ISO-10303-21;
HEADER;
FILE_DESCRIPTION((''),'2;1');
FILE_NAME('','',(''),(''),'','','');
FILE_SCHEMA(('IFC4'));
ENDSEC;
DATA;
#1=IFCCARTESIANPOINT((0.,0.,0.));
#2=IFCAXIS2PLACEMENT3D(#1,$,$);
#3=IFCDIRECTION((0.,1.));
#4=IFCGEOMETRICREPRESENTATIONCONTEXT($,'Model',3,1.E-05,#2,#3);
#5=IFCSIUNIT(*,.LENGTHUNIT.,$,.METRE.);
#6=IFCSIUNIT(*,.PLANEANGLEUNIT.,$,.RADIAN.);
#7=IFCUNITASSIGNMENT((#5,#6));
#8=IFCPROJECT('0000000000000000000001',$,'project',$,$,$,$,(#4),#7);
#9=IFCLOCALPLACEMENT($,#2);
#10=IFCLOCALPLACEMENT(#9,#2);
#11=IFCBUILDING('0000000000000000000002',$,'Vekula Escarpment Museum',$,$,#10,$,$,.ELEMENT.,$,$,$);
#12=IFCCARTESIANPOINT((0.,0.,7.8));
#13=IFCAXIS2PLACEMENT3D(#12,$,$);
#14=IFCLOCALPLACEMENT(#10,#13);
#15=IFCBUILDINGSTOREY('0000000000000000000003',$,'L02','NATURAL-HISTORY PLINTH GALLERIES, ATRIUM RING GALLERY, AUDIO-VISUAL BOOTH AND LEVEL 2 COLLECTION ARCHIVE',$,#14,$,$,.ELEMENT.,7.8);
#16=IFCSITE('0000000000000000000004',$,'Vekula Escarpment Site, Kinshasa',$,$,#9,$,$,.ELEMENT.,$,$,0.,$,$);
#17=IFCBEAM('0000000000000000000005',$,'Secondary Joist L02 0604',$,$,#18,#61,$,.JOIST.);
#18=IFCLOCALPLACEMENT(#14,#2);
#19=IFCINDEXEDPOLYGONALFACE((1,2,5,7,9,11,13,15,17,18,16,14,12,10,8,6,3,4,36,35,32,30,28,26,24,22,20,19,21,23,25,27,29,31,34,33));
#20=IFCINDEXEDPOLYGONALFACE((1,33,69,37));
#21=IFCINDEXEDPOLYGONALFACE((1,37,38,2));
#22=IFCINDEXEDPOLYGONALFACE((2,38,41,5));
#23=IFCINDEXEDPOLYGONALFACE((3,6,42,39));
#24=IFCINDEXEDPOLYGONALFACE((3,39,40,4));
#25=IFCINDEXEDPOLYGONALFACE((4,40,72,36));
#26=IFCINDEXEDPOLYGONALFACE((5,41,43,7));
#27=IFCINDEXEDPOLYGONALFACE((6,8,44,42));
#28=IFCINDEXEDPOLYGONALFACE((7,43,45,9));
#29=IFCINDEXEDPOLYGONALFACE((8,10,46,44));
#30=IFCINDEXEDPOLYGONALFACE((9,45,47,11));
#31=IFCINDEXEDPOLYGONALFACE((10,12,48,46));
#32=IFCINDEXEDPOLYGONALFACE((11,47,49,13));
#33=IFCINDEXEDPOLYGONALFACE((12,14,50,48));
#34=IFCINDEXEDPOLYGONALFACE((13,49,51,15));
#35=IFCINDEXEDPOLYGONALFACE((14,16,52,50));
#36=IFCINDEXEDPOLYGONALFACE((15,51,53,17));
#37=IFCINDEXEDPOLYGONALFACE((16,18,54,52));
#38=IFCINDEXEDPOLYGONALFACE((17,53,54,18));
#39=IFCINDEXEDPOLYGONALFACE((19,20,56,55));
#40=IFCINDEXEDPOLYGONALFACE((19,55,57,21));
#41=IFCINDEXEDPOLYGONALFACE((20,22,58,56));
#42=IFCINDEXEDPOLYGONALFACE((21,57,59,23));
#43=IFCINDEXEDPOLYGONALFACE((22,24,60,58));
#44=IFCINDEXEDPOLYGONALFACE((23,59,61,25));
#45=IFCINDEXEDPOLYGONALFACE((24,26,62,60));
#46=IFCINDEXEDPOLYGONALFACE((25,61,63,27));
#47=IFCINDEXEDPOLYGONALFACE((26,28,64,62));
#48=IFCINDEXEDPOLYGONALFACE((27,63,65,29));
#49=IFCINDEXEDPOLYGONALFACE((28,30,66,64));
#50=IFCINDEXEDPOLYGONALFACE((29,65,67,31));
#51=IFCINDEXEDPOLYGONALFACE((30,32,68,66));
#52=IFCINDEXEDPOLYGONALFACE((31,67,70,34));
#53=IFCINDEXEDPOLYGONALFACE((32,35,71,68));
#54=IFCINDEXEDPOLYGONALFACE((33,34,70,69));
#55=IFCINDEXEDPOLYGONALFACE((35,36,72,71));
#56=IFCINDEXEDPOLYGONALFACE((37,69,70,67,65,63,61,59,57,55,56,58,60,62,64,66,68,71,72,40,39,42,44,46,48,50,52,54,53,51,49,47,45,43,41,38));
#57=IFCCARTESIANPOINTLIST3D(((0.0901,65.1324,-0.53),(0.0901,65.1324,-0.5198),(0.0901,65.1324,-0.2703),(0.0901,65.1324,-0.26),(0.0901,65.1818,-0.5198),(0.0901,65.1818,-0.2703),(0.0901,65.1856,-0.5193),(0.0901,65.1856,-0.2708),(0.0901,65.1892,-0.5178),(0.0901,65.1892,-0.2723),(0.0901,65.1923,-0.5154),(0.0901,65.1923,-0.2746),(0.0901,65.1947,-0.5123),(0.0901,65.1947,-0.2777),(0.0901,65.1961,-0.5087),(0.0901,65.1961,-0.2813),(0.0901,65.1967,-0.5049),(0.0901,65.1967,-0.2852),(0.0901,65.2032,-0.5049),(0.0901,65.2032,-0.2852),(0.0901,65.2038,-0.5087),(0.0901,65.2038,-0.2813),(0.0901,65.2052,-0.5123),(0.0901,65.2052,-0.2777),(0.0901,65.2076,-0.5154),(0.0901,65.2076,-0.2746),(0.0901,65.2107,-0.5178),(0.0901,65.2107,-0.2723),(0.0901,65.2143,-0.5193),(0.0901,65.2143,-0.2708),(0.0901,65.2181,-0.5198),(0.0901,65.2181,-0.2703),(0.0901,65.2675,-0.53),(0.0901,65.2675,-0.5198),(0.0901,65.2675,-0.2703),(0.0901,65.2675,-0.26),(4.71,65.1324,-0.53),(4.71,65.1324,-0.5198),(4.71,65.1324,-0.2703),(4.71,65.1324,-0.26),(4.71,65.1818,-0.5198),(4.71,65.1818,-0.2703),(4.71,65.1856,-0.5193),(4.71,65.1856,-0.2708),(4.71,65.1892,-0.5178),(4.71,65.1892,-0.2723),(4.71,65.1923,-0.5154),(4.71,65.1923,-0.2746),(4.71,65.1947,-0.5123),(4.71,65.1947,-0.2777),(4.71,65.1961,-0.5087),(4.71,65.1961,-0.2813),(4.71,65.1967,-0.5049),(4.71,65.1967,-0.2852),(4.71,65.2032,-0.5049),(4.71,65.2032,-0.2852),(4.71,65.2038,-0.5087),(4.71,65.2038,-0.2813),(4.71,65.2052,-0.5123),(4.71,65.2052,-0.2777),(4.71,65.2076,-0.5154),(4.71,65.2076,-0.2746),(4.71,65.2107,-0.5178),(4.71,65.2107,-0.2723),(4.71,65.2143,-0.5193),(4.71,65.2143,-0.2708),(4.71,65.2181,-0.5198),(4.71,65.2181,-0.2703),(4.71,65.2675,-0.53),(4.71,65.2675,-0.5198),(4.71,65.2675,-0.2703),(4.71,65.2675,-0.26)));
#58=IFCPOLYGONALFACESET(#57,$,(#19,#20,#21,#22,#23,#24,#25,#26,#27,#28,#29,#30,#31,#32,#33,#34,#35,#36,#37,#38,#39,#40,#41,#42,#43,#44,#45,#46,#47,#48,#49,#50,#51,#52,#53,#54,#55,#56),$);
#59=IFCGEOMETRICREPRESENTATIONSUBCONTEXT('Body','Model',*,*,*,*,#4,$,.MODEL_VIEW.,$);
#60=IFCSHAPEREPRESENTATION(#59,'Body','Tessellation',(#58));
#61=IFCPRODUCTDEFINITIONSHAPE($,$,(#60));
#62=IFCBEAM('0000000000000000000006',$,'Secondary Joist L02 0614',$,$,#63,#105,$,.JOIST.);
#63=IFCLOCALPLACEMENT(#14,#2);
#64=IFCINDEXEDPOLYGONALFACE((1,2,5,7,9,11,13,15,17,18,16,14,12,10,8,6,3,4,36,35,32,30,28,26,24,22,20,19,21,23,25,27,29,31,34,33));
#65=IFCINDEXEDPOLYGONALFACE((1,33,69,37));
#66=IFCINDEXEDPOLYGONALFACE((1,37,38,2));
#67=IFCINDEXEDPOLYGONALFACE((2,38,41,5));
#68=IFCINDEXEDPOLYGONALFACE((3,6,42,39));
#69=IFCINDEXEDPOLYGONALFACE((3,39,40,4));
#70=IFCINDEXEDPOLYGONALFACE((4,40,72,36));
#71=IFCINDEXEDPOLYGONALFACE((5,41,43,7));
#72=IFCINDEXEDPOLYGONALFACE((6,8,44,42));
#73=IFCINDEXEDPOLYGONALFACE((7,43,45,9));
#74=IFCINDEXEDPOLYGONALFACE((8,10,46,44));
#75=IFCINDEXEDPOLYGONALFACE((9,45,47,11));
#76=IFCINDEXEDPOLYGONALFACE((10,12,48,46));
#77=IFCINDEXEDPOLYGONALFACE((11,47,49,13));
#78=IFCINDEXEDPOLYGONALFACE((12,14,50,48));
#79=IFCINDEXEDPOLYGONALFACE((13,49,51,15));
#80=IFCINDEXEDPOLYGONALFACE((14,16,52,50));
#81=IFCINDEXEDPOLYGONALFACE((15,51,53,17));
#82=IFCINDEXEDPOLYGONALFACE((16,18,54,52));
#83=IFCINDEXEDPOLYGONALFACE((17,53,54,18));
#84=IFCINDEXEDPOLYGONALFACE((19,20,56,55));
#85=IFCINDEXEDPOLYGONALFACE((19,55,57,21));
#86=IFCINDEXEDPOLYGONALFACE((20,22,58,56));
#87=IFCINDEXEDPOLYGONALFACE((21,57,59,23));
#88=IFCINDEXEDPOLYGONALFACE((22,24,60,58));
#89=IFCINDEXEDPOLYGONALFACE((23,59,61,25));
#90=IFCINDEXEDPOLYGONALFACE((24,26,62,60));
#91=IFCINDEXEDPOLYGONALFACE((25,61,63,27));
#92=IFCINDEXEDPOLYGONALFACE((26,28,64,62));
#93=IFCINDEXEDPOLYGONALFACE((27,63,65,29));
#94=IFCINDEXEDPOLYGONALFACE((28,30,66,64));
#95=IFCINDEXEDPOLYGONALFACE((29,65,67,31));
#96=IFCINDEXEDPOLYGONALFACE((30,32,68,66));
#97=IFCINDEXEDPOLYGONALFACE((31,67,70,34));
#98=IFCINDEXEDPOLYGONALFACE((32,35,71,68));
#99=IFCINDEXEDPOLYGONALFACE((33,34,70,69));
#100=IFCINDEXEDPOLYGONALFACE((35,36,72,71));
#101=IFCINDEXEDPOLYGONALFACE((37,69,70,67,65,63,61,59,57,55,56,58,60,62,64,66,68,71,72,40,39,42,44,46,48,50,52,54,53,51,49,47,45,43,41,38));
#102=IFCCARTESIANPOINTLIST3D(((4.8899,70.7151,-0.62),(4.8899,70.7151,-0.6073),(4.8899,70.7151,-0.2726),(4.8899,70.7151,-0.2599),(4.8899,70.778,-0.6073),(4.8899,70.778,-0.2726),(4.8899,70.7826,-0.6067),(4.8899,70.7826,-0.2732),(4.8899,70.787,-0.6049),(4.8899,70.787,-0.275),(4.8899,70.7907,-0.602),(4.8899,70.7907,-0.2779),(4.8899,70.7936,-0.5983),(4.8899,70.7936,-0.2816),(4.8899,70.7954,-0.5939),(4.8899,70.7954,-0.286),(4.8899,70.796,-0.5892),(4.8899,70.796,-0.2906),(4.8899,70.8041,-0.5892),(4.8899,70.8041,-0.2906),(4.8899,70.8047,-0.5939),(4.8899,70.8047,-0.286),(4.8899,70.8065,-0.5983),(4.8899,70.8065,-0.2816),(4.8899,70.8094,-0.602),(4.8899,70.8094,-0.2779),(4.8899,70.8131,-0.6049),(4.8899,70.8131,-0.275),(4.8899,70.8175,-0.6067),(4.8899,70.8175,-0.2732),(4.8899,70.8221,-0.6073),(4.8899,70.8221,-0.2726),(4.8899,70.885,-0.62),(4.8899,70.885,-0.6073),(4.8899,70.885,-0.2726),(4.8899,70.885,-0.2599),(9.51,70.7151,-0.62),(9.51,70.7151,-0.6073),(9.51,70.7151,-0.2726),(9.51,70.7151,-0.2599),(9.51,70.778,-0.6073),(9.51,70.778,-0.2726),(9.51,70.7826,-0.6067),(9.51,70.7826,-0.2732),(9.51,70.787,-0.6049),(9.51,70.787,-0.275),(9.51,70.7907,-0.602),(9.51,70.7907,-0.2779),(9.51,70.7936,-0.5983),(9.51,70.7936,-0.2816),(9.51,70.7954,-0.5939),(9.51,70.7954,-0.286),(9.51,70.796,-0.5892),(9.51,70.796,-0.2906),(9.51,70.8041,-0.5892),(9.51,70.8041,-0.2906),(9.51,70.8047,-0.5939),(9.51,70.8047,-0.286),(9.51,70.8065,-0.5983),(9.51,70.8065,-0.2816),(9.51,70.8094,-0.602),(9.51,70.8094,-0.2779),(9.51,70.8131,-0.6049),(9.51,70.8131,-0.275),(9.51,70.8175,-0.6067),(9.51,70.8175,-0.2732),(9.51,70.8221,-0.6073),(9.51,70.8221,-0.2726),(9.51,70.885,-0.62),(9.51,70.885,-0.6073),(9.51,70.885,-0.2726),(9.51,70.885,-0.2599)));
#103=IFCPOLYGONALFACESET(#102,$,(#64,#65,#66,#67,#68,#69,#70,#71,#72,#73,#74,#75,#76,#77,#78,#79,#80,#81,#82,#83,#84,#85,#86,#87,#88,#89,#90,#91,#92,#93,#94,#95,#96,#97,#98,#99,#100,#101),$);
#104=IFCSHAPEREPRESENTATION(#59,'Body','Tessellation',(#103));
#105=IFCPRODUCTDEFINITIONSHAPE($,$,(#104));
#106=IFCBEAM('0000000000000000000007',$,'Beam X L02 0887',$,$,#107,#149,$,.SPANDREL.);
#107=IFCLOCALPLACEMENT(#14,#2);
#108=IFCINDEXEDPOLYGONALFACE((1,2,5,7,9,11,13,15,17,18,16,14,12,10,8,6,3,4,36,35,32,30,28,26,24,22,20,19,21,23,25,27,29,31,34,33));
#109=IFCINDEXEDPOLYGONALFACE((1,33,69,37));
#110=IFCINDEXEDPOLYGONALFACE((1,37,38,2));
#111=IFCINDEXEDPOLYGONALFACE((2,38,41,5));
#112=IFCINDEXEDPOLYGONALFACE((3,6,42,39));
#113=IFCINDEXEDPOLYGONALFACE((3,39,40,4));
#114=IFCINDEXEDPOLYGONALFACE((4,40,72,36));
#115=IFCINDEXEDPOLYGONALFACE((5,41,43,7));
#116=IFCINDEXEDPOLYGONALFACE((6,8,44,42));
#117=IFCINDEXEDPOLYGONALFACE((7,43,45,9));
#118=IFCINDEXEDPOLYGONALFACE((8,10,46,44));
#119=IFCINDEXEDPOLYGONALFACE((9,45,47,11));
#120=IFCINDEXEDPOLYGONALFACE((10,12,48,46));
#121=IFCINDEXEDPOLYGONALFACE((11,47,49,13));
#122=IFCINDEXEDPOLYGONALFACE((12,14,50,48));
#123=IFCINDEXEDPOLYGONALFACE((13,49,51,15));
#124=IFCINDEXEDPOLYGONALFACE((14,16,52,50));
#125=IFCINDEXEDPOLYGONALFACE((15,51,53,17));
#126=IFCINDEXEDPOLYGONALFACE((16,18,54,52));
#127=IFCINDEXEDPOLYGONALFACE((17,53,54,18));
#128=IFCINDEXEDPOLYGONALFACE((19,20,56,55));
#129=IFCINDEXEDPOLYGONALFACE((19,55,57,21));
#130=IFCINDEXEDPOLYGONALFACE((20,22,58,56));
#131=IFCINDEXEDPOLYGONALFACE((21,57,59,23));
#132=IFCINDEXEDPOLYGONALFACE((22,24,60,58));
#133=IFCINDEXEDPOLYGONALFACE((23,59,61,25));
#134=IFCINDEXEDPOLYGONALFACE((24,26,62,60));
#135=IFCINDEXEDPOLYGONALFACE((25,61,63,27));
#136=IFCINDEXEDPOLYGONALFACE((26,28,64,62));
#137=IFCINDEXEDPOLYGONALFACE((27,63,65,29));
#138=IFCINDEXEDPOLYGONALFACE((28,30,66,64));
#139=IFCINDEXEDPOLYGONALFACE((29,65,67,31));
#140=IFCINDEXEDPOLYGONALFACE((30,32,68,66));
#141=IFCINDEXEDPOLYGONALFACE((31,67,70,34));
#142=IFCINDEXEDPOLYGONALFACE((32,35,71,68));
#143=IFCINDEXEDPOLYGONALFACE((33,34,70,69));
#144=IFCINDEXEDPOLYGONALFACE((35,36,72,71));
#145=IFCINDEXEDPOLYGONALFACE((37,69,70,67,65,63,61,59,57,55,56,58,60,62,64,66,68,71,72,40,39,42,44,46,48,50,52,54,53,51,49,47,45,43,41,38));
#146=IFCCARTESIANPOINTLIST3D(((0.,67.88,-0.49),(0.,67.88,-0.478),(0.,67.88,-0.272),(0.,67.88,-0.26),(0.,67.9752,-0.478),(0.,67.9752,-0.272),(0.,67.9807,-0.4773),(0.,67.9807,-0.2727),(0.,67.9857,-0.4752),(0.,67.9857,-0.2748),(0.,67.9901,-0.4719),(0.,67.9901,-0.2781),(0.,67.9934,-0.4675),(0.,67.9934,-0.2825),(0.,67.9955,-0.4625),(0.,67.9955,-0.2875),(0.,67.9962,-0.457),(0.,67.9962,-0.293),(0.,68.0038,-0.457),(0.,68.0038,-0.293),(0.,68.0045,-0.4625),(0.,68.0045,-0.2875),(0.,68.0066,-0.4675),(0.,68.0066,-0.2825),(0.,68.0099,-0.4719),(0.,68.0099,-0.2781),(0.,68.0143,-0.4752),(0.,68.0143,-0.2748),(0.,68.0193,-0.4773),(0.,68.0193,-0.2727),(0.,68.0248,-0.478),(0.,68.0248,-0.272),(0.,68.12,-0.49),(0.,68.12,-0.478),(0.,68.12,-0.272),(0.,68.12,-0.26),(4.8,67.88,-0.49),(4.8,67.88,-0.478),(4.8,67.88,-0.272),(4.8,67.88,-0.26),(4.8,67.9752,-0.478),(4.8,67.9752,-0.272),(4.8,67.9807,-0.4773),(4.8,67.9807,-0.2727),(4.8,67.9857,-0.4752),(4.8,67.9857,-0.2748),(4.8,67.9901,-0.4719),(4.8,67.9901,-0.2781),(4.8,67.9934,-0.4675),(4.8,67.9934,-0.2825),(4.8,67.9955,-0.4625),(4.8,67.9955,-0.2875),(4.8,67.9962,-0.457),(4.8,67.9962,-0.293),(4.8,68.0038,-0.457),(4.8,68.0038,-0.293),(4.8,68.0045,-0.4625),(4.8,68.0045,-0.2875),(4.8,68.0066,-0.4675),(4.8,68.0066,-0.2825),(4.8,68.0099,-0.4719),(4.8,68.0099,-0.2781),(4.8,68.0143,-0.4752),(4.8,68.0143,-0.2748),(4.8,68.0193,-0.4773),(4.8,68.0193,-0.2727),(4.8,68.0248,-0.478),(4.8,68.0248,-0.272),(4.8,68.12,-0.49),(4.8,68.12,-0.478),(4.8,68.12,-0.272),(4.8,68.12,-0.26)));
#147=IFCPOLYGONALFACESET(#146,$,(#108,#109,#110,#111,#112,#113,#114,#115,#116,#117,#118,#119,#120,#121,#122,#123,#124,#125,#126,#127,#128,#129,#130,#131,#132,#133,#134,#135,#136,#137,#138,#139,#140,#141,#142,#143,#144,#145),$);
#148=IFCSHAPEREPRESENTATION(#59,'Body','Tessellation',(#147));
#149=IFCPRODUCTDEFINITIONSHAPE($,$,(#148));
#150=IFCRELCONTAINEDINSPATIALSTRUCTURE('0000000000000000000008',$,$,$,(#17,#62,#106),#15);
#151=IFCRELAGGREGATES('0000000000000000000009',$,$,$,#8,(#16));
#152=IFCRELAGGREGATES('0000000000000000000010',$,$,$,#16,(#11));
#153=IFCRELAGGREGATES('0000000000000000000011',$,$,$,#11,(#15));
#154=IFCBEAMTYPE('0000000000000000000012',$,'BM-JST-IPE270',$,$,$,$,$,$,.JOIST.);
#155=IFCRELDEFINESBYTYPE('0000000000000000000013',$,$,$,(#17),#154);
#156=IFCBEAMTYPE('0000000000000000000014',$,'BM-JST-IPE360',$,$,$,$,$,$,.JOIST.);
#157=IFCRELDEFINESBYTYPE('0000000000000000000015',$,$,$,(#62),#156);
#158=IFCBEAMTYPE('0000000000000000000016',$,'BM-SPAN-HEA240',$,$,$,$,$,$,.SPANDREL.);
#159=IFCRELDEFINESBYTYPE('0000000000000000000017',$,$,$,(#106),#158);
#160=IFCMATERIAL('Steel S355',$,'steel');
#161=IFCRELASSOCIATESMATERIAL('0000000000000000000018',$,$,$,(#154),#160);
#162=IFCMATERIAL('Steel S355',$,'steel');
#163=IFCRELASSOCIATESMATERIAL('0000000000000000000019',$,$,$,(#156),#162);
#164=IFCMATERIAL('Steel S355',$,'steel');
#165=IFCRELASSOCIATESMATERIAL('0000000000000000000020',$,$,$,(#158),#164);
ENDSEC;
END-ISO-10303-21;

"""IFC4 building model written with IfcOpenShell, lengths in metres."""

from ifc_helpers import new_model, si_unit, direction, frame, origin, origin_2d, place, context, subcontext, project, spatial, i_section, extrude, material, material_profile, profile_set, type_object, element, save


model = new_model("IFC4")

# Units and contexts
model_context = context("Model", 3, precision=1e-05, world=origin(), true_north=direction((0.0, 1.0)))
body_context = subcontext(model_context, "Body", "Model", "MODEL_VIEW")
ifc_project = project(units=[si_unit("LENGTHUNIT", "METRE"), si_unit("PLANEANGLEUNIT", "RADIAN")], contexts=[model_context])

# Site, building, storey
site_placement = place(None, origin())
site = spatial("IfcSite", under=ifc_project, at=site_placement, Name="Vekula Escarpment Site, Kinshasa", CompositionType="ELEMENT", RefElevation=0.0)
building_placement = place(site_placement, origin())
building = spatial("IfcBuilding", under=site, at=building_placement, Name="Vekula Escarpment Museum", CompositionType="ELEMENT")
storey_placement = place(building_placement, frame((0.0, 0.0, 7.8)))
storey = spatial("IfcBuildingStorey", under=building, at=storey_placement, Name="L02", Description="NATURAL-HISTORY PLINTH GALLERIES, ATRIUM RING GALLERY, AUDIO-VISUAL BOOTH AND LEVEL 2 COLLECTION ARCHIVE", CompositionType="ELEMENT", Elevation=7.8)

# Beams
ifc_material_1 = material(Name="Steel S355", Category="steel")
ifc_material_profile_1 = material_profile(ifc_material_1, i_section(OverallWidth=0.135, OverallDepth=0.27, WebThickness=0.0066, FlangeThickness=0.0103, FilletRadius=0.0149, at=origin_2d()), Name="IPE 270")
ifc_profile_set_1 = profile_set([ifc_material_profile_1], Name="Steel S355")
beam_type_1 = type_object("IfcBeamType", Name="BM-JST-IPE270", PredefinedType="JOIST", material=ifc_profile_set_1)
for number, where, z_axis, x_axis, name in (
    (1, (0.0901, 65.2, -0.395), (1.0, 0.0, 0.0), (0.0, 1.0, 0.0), "Secondary Joist L02 0604"),
):
    element("IfcBeam", number, at=place(storey_placement, frame(where, z_axis=z_axis, x_axis=x_axis)), inside=storey, type_object=beam_type_1, Name=name, PredefinedType="JOIST", context=body_context, shape_type="SweptSolid", body=[
        extrude(i_section(OverallWidth=0.135, OverallDepth=0.27, WebThickness=0.0066, FlangeThickness=0.0103, FilletRadius=0.0149, at=origin_2d()), origin(), (0.0, 0.0, 1.0), 4.6199),
    ])
ifc_material_2 = material(Name="Steel S355", Category="steel")
ifc_material_profile_2 = material_profile(ifc_material_2, i_section(OverallWidth=0.1699, OverallDepth=0.3601, WebThickness=0.0081, FlangeThickness=0.0127, FilletRadius=0.0181, at=origin_2d()), Name="IPE 360")
ifc_profile_set_2 = profile_set([ifc_material_profile_2], Name="Steel S355")
beam_type_2 = type_object("IfcBeamType", Name="BM-JST-IPE360", PredefinedType="JOIST", material=ifc_profile_set_2)
beam_1_placement = place(storey_placement, frame((4.8899, 70.8, -0.4399), z_axis=(1.0, 0.0, 0.0), x_axis=(0.0, 1.0, 0.0)))
element("IfcBeam", 2, at=beam_1_placement, inside=storey, type_object=beam_type_2, Name="Secondary Joist L02 0614", PredefinedType="JOIST", context=body_context, shape_type="SweptSolid", body=[
    extrude(i_section(OverallWidth=0.1699, OverallDepth=0.3601, WebThickness=0.0081, FlangeThickness=0.0127, FilletRadius=0.0181, at=origin_2d()), origin(), (0.0, 0.0, 1.0), 4.6201),
])
ifc_material_3 = material(Name="Steel S355", Category="steel")
ifc_material_profile_3 = material_profile(ifc_material_3, i_section(OverallWidth=0.24, OverallDepth=0.23, WebThickness=0.0076, FlangeThickness=0.012, FilletRadius=0.021, at=origin_2d()), Name="HEA 240")
ifc_profile_set_3 = profile_set([ifc_material_profile_3], Name="Steel S355")
beam_type_3 = type_object("IfcBeamType", Name="BM-SPAN-HEA240", PredefinedType="SPANDREL", material=ifc_profile_set_3)
beam_2_placement = place(storey_placement, frame((0.0, 68.0, -0.375), z_axis=(1.0, 0.0, 0.0), x_axis=(0.0, 1.0, 0.0)))
element("IfcBeam", 3, at=beam_2_placement, inside=storey, type_object=beam_type_3, Name="Beam X L02 0887", PredefinedType="SPANDREL", context=body_context, shape_type="SweptSolid", body=[
    extrude(i_section(OverallWidth=0.24, OverallDepth=0.23, WebThickness=0.0076, FlangeThickness=0.012, FilletRadius=0.021, at=origin_2d()), origin(), (0.0, 0.0, 1.0), 4.8),
])

save(model, "model.ifc")
